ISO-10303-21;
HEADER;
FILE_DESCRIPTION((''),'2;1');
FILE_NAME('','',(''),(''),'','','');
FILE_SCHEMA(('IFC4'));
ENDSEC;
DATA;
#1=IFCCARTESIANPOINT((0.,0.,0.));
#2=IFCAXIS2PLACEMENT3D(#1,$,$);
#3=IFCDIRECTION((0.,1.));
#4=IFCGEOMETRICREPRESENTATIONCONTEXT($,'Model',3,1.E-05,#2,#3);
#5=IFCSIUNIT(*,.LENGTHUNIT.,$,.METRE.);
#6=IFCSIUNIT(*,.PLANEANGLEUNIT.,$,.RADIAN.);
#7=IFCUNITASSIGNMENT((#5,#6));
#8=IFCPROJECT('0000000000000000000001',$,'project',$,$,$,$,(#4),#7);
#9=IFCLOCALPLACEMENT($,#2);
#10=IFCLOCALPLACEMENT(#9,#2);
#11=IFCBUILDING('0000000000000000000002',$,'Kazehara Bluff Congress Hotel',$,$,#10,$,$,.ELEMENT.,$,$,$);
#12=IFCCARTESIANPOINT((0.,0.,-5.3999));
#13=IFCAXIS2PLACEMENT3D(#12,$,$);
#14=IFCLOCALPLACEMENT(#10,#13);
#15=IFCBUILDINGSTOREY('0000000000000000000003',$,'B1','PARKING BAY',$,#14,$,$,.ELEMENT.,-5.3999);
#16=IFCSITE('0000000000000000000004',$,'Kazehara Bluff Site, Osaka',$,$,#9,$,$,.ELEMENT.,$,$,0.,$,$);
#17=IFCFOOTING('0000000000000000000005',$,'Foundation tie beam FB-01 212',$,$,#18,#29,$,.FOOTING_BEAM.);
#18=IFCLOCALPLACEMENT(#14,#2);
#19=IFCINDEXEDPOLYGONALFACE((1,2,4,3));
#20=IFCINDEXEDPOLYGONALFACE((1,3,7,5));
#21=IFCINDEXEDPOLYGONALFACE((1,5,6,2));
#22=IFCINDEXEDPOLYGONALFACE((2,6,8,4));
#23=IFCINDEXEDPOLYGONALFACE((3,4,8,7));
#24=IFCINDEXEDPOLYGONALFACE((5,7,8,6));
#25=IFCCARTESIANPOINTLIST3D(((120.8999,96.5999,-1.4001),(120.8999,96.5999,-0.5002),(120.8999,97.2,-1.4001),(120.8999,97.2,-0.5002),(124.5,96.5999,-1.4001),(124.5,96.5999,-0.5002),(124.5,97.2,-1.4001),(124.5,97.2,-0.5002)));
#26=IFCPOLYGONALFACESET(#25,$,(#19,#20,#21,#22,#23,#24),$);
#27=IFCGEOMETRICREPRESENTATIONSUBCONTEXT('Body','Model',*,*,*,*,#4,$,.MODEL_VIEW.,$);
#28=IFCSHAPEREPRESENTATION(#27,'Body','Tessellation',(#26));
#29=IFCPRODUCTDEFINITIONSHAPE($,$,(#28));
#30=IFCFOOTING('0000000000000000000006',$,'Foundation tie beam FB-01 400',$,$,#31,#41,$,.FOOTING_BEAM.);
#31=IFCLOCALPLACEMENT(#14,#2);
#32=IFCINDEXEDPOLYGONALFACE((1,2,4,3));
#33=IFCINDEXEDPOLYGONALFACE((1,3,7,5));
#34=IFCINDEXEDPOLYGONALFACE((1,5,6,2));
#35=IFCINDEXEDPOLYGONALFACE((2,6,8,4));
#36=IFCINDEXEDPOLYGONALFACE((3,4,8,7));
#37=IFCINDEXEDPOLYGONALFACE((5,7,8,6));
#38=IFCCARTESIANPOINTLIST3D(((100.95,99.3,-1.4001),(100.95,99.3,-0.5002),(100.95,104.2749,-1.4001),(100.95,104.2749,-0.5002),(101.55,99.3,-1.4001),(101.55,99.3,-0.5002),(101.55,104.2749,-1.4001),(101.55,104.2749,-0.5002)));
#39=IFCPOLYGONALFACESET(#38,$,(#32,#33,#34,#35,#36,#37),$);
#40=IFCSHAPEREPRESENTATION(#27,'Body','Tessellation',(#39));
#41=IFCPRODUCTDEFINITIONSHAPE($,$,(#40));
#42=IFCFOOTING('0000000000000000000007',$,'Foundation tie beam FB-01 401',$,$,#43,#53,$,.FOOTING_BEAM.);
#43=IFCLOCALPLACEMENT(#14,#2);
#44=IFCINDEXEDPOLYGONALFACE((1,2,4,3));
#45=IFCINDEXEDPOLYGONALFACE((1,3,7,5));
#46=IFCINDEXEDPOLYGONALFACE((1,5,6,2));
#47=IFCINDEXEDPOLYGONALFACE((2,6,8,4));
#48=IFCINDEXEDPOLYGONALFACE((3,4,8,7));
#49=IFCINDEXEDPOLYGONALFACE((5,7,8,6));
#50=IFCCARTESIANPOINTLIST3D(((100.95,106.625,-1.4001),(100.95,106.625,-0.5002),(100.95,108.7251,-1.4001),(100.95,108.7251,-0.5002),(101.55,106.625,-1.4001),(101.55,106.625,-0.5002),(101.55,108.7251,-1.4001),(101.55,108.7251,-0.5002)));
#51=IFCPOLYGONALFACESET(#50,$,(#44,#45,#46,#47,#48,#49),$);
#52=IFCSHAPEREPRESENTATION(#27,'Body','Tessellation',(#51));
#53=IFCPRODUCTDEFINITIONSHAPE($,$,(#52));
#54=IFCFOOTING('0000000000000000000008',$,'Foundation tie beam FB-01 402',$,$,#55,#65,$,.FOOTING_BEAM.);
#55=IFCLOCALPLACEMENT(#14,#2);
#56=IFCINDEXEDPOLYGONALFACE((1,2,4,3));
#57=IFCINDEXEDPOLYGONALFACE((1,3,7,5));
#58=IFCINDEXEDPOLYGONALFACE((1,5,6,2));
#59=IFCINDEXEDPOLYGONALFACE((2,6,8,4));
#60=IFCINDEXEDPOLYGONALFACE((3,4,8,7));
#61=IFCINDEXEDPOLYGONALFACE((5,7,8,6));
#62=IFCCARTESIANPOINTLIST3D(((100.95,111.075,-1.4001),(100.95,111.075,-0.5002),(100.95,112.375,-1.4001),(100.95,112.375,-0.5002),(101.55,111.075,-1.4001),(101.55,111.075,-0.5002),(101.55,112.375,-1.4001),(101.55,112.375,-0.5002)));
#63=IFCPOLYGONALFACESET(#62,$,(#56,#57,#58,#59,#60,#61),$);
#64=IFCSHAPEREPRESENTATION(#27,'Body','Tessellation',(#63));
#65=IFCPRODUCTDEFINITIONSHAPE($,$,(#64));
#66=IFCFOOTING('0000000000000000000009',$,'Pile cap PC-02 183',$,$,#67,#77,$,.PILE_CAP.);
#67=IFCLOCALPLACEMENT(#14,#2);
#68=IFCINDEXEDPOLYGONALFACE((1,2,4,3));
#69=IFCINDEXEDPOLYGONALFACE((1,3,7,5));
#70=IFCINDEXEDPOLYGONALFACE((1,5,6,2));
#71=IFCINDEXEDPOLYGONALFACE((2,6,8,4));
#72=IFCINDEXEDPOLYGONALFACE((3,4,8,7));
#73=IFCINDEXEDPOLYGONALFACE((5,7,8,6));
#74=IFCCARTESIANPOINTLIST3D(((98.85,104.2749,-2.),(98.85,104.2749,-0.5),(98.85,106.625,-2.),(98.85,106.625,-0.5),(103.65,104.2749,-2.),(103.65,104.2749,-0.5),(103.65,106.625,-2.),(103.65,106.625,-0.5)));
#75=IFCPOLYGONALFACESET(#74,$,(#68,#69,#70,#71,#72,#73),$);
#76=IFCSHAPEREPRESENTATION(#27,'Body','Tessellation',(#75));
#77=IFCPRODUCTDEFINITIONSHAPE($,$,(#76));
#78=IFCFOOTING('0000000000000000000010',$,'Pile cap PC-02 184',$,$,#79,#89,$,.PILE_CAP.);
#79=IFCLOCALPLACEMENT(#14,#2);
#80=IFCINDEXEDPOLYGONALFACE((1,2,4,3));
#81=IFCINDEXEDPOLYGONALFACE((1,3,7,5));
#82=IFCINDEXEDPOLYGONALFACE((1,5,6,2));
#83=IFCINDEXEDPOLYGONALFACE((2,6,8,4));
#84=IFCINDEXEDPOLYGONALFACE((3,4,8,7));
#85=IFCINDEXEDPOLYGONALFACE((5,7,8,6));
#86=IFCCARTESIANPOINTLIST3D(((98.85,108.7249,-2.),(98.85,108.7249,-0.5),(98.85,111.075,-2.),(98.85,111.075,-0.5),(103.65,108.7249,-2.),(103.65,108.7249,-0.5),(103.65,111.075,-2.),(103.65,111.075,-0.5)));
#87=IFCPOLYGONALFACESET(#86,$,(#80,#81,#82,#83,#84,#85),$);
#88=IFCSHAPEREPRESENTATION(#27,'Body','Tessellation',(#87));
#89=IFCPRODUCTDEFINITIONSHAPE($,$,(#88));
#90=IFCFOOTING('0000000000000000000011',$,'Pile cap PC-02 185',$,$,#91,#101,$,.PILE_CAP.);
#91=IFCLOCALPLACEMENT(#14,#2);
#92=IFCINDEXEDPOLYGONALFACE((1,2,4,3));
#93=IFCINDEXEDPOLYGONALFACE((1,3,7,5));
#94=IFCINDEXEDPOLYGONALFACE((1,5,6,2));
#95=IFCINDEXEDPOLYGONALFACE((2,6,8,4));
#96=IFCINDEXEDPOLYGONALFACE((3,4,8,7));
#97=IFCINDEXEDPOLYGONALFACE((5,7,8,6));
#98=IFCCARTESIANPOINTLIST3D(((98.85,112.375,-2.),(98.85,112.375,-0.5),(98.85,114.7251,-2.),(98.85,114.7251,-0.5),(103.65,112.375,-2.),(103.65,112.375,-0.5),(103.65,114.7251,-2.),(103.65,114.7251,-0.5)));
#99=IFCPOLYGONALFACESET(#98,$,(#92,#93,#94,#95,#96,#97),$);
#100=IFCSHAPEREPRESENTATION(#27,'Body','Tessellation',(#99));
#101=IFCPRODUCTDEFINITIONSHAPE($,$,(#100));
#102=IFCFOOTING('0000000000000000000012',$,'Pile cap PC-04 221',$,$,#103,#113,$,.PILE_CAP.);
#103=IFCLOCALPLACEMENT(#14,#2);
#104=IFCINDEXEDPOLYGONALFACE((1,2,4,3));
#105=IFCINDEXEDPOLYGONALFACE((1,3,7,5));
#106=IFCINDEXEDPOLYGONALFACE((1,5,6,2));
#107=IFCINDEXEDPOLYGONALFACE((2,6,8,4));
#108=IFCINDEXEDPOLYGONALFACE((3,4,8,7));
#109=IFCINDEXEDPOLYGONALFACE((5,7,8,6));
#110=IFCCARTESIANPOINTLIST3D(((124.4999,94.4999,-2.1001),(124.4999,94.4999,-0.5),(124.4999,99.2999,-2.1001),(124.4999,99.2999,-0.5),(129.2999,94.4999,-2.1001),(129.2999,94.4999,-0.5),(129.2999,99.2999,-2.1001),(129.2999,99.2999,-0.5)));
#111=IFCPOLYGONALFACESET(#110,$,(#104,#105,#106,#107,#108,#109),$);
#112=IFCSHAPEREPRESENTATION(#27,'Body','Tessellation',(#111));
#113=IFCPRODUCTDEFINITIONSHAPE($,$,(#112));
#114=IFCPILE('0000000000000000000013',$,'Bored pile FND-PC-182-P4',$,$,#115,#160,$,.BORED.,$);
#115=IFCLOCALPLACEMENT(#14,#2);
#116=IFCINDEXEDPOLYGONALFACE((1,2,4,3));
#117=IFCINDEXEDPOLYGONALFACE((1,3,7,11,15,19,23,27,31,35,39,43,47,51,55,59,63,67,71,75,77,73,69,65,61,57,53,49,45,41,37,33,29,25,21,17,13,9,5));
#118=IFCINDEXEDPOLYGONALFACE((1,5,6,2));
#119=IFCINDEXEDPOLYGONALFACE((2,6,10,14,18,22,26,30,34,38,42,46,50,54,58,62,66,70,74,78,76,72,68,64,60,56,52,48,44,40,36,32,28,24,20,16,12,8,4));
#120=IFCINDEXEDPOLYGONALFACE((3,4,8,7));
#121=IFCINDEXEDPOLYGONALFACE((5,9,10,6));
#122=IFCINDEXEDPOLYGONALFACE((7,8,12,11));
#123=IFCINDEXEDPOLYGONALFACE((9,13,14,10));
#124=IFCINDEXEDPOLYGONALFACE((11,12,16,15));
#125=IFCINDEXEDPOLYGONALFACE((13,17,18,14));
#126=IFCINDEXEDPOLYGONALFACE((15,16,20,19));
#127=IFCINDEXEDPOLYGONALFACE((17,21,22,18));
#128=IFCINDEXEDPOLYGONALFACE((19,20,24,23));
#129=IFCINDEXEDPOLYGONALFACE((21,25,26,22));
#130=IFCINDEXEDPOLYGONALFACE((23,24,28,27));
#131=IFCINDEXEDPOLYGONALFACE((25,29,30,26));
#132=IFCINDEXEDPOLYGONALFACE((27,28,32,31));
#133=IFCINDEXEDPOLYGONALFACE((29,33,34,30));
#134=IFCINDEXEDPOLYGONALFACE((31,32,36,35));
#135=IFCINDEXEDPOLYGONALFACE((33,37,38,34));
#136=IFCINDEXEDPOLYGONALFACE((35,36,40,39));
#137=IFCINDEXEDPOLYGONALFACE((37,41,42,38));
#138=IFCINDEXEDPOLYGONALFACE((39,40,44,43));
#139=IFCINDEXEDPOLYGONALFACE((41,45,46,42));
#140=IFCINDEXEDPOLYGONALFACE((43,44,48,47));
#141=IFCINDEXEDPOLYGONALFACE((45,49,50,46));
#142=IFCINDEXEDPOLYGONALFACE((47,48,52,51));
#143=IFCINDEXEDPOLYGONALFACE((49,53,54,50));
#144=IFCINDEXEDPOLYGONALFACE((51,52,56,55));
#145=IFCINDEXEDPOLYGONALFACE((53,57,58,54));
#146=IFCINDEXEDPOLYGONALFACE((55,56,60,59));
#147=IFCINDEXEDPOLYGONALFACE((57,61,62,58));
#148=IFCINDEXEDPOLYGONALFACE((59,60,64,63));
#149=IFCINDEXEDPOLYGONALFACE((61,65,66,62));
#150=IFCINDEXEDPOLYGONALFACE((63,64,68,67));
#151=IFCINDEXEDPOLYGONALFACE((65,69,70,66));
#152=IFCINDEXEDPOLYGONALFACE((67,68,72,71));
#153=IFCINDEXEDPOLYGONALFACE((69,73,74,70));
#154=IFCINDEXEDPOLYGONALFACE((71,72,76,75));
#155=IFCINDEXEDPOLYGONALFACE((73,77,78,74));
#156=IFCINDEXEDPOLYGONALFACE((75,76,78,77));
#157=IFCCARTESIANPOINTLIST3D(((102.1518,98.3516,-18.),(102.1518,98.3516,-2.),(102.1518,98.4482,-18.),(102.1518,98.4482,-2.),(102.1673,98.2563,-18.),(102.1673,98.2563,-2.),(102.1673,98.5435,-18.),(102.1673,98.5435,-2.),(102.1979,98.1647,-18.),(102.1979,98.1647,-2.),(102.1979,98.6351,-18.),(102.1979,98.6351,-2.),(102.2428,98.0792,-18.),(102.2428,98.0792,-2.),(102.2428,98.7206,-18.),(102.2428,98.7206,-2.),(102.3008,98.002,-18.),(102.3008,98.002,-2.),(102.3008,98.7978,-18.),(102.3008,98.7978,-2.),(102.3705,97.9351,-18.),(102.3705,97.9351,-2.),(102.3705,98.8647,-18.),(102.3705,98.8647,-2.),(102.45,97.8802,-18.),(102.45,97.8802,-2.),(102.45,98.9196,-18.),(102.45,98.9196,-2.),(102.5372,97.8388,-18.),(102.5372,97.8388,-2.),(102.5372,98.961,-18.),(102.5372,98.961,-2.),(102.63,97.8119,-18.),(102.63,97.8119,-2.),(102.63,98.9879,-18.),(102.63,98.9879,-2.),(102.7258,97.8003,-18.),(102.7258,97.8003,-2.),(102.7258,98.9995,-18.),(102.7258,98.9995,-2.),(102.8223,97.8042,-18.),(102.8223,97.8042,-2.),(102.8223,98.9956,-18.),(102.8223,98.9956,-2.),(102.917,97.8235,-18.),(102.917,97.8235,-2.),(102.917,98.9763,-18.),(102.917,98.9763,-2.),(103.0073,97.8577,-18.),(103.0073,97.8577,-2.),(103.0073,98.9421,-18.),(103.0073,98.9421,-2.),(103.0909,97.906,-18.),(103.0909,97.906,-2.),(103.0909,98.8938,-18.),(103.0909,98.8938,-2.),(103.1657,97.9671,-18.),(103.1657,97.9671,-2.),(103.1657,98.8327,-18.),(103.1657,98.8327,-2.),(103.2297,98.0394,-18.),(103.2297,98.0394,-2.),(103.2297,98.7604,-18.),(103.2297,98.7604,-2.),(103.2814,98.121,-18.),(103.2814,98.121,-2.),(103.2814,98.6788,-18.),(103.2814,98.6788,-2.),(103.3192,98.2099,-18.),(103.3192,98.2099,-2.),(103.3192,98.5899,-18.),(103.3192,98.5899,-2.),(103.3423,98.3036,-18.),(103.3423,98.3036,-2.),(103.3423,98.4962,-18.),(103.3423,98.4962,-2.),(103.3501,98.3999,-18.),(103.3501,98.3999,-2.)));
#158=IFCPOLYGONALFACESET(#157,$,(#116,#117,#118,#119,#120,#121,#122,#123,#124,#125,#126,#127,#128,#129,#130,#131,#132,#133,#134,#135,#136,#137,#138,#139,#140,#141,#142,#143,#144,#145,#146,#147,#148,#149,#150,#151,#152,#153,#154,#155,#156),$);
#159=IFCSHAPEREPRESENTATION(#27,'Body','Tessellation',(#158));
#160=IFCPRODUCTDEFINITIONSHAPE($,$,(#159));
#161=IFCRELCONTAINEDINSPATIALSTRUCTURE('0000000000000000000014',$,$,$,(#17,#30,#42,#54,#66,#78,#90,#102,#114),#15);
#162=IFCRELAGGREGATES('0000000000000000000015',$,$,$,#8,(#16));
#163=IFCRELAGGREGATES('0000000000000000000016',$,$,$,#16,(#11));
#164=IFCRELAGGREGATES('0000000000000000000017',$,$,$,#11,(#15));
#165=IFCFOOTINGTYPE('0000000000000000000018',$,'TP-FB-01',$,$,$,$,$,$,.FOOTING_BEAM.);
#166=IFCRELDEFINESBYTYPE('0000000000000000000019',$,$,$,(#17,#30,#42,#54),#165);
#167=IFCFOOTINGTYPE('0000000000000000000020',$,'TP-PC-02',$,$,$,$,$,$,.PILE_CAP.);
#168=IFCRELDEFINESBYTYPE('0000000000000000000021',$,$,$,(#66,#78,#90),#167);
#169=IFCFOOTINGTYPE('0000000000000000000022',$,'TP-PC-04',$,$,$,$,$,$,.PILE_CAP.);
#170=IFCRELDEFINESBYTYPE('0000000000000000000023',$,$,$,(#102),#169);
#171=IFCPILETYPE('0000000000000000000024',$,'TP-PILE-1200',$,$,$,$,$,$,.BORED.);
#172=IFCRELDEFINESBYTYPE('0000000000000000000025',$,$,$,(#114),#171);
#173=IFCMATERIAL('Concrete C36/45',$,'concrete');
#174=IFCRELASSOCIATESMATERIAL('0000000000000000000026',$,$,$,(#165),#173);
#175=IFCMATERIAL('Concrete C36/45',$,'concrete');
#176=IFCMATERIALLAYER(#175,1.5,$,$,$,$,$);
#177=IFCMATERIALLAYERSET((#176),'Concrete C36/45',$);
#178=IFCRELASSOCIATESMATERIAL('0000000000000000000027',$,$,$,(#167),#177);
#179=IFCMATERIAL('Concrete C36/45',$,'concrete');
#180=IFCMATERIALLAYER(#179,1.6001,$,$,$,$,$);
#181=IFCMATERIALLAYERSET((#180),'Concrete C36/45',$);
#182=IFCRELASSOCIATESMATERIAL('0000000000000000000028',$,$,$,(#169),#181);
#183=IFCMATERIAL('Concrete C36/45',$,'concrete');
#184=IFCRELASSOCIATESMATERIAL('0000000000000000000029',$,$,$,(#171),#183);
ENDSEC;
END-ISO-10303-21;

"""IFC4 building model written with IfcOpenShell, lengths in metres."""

from ifc_helpers import new_model, si_unit, direction, frame, origin, origin_2d, place, context, subcontext, project, spatial, rectangle, circle, extrude, material, layer, layer_set, material_profile, profile_set, type_object, element, save


model = new_model("IFC4")

# Units and contexts
model_context = context("Model", 3, precision=1e-05, world=origin(), true_north=direction((0.0, 1.0)))
body_context = subcontext(model_context, "Body", "Model", "MODEL_VIEW")
ifc_project = project(units=[si_unit("LENGTHUNIT", "METRE"), si_unit("PLANEANGLEUNIT", "RADIAN")], contexts=[model_context])

# Site, building, storey
site_placement = place(None, origin())
site = spatial("IfcSite", under=ifc_project, at=site_placement, Name="Kazehara Bluff Site, Osaka", CompositionType="ELEMENT", RefElevation=0.0)
building_placement = place(site_placement, origin())
building = spatial("IfcBuilding", under=site, at=building_placement, Name="Kazehara Bluff Congress Hotel", CompositionType="ELEMENT")
storey_placement = place(building_placement, frame((0.0, 0.0, -5.3999)))
storey = spatial("IfcBuildingStorey", under=building, at=storey_placement, Name="B1", Description="PARKING BAY", CompositionType="ELEMENT", Elevation=-5.3999)

# Footings
ifc_material_1 = material(Name="Concrete C36/45", Category="concrete")
ifc_material_profile_1 = material_profile(ifc_material_1, rectangle(XDim=0.6001, YDim=0.8999, at=origin_2d()))
ifc_profile_set_1 = profile_set([ifc_material_profile_1], Name="Concrete C36/45")
footing_type_1 = type_object("IfcFootingType", Name="TP-FB-01", PredefinedType="FOOTING_BEAM", material=ifc_profile_set_1)
footing_1_placement = place(storey_placement, frame((120.8999, 96.8999, -0.9502), z_axis=(1.0, 0.0, 0.0), x_axis=(0.0, 1.0, 0.0)))
element("IfcFooting", 1, at=footing_1_placement, inside=storey, type_object=footing_type_1, Name="Foundation tie beam FB-01 212", PredefinedType="FOOTING_BEAM", context=body_context, shape_type="SweptSolid", body=[
    extrude(rectangle(XDim=0.6001, YDim=0.8999, at=origin_2d()), origin(), (0.0, 0.0, 1.0), 3.6001),
])
footing_2_placement = place(storey_placement, frame((101.25, 99.3, -0.9502), z_axis=(0.0, 1.0, 0.0), x_axis=(-1.0, 0.0, 0.0)))
element("IfcFooting", 2, at=footing_2_placement, inside=storey, type_object=footing_type_1, Name="Foundation tie beam FB-01 400", PredefinedType="FOOTING_BEAM", context=body_context, shape_type="SweptSolid", body=[
    extrude(rectangle(XDim=0.6001, YDim=0.8999, at=origin_2d()), origin(), (0.0, 0.0, 1.0), 4.9749),
])
footing_3_placement = place(storey_placement, frame((101.25, 106.625, -0.9502), z_axis=(0.0, 1.0, 0.0), x_axis=(-1.0, 0.0, 0.0)))
element("IfcFooting", 3, at=footing_3_placement, inside=storey, type_object=footing_type_1, Name="Foundation tie beam FB-01 401", PredefinedType="FOOTING_BEAM", context=body_context, shape_type="SweptSolid", body=[
    extrude(rectangle(XDim=0.6001, YDim=0.8999, at=origin_2d()), origin(), (0.0, 0.0, 1.0), 2.1001),
])
footing_4_placement = place(storey_placement, frame((101.25, 111.075, -0.9502), z_axis=(0.0, 1.0, 0.0), x_axis=(-1.0, 0.0, 0.0)))
element("IfcFooting", 4, at=footing_4_placement, inside=storey, type_object=footing_type_1, Name="Foundation tie beam FB-01 402", PredefinedType="FOOTING_BEAM", context=body_context, shape_type="SweptSolid", body=[
    extrude(rectangle(XDim=0.6001, YDim=0.8999, at=origin_2d()), origin(), (0.0, 0.0, 1.0), 1.3),
])
ifc_material_2 = material(Name="Concrete C36/45", Category="concrete")
ifc_layer_1 = layer(ifc_material_2, 1.5)
ifc_layer_set_1 = layer_set([ifc_layer_1], Name="Concrete C36/45")
footing_type_2 = type_object("IfcFootingType", Name="TP-PC-02", PredefinedType="PILE_CAP", material=ifc_layer_set_1)
for number, where, z_axis, x_axis, name in (
    (5, (101.25, 105.45, -2.0), (0.0, 0.0, 1.0), (1.0, 0.0, 0.0), "Pile cap PC-02 183"),
    (6, (101.25, 109.8999, -2.0), (0.0, 0.0, 1.0), (1.0, 0.0, 0.0), "Pile cap PC-02 184"),
    (7, (101.25, 113.55, -2.0), (0.0, 0.0, 1.0), (1.0, 0.0, 0.0), "Pile cap PC-02 185"),
):
    element("IfcFooting", number, at=place(storey_placement, frame(where, z_axis=z_axis, x_axis=x_axis)), inside=storey, type_object=footing_type_2, Name=name, PredefinedType="PILE_CAP", context=body_context, shape_type="SweptSolid", body=[
        extrude(rectangle(XDim=4.8, YDim=2.3501, at=origin_2d()), origin(), (0.0, 0.0, 1.0), 1.5),
    ])
ifc_material_3 = material(Name="Concrete C36/45", Category="concrete")
ifc_layer_2 = layer(ifc_material_3, 1.6001)
ifc_layer_set_2 = layer_set([ifc_layer_2], Name="Concrete C36/45")
footing_type_3 = type_object("IfcFootingType", Name="TP-PC-04", PredefinedType="PILE_CAP", material=ifc_layer_set_2)
footing_5_placement = place(storey_placement, frame((126.8999, 96.8999, -2.1001), z_axis=(0.0, 0.0, 1.0), x_axis=(1.0, 0.0, 0.0)))
element("IfcFooting", 8, at=footing_5_placement, inside=storey, type_object=footing_type_3, Name="Pile cap PC-04 221", PredefinedType="PILE_CAP", context=body_context, shape_type="SweptSolid", body=[
    extrude(rectangle(XDim=4.8, YDim=4.8, at=origin_2d()), origin(), (0.0, 0.0, 1.0), 1.6001),
])

# Pile
ifc_material_4 = material(Name="Concrete C36/45", Category="concrete")
ifc_material_profile_2 = material_profile(ifc_material_4, circle(Radius=0.6001, at=origin_2d()))
ifc_profile_set_2 = profile_set([ifc_material_profile_2], Name="Concrete C36/45")
pile_type = type_object("IfcPileType", Name="TP-PILE-1200", PredefinedType="BORED", material=ifc_profile_set_2)
for number, where, z_axis, x_axis, name in (
    (9, (102.75, 98.3999, -2.0), (0.0, 0.0, -1.0), (1.0, 0.0, 0.0), "Bored pile FND-PC-182-P4"),
):
    element("IfcPile", number, at=place(storey_placement, frame(where, z_axis=z_axis, x_axis=x_axis)), inside=storey, type_object=pile_type, Name=name, PredefinedType="BORED", context=body_context, shape_type="SweptSolid", body=[
        extrude(circle(Radius=0.6001, at=origin_2d()), origin(), (0.0, 0.0, 1.0), 16.0),
    ])

save(model, "model.ifc")
